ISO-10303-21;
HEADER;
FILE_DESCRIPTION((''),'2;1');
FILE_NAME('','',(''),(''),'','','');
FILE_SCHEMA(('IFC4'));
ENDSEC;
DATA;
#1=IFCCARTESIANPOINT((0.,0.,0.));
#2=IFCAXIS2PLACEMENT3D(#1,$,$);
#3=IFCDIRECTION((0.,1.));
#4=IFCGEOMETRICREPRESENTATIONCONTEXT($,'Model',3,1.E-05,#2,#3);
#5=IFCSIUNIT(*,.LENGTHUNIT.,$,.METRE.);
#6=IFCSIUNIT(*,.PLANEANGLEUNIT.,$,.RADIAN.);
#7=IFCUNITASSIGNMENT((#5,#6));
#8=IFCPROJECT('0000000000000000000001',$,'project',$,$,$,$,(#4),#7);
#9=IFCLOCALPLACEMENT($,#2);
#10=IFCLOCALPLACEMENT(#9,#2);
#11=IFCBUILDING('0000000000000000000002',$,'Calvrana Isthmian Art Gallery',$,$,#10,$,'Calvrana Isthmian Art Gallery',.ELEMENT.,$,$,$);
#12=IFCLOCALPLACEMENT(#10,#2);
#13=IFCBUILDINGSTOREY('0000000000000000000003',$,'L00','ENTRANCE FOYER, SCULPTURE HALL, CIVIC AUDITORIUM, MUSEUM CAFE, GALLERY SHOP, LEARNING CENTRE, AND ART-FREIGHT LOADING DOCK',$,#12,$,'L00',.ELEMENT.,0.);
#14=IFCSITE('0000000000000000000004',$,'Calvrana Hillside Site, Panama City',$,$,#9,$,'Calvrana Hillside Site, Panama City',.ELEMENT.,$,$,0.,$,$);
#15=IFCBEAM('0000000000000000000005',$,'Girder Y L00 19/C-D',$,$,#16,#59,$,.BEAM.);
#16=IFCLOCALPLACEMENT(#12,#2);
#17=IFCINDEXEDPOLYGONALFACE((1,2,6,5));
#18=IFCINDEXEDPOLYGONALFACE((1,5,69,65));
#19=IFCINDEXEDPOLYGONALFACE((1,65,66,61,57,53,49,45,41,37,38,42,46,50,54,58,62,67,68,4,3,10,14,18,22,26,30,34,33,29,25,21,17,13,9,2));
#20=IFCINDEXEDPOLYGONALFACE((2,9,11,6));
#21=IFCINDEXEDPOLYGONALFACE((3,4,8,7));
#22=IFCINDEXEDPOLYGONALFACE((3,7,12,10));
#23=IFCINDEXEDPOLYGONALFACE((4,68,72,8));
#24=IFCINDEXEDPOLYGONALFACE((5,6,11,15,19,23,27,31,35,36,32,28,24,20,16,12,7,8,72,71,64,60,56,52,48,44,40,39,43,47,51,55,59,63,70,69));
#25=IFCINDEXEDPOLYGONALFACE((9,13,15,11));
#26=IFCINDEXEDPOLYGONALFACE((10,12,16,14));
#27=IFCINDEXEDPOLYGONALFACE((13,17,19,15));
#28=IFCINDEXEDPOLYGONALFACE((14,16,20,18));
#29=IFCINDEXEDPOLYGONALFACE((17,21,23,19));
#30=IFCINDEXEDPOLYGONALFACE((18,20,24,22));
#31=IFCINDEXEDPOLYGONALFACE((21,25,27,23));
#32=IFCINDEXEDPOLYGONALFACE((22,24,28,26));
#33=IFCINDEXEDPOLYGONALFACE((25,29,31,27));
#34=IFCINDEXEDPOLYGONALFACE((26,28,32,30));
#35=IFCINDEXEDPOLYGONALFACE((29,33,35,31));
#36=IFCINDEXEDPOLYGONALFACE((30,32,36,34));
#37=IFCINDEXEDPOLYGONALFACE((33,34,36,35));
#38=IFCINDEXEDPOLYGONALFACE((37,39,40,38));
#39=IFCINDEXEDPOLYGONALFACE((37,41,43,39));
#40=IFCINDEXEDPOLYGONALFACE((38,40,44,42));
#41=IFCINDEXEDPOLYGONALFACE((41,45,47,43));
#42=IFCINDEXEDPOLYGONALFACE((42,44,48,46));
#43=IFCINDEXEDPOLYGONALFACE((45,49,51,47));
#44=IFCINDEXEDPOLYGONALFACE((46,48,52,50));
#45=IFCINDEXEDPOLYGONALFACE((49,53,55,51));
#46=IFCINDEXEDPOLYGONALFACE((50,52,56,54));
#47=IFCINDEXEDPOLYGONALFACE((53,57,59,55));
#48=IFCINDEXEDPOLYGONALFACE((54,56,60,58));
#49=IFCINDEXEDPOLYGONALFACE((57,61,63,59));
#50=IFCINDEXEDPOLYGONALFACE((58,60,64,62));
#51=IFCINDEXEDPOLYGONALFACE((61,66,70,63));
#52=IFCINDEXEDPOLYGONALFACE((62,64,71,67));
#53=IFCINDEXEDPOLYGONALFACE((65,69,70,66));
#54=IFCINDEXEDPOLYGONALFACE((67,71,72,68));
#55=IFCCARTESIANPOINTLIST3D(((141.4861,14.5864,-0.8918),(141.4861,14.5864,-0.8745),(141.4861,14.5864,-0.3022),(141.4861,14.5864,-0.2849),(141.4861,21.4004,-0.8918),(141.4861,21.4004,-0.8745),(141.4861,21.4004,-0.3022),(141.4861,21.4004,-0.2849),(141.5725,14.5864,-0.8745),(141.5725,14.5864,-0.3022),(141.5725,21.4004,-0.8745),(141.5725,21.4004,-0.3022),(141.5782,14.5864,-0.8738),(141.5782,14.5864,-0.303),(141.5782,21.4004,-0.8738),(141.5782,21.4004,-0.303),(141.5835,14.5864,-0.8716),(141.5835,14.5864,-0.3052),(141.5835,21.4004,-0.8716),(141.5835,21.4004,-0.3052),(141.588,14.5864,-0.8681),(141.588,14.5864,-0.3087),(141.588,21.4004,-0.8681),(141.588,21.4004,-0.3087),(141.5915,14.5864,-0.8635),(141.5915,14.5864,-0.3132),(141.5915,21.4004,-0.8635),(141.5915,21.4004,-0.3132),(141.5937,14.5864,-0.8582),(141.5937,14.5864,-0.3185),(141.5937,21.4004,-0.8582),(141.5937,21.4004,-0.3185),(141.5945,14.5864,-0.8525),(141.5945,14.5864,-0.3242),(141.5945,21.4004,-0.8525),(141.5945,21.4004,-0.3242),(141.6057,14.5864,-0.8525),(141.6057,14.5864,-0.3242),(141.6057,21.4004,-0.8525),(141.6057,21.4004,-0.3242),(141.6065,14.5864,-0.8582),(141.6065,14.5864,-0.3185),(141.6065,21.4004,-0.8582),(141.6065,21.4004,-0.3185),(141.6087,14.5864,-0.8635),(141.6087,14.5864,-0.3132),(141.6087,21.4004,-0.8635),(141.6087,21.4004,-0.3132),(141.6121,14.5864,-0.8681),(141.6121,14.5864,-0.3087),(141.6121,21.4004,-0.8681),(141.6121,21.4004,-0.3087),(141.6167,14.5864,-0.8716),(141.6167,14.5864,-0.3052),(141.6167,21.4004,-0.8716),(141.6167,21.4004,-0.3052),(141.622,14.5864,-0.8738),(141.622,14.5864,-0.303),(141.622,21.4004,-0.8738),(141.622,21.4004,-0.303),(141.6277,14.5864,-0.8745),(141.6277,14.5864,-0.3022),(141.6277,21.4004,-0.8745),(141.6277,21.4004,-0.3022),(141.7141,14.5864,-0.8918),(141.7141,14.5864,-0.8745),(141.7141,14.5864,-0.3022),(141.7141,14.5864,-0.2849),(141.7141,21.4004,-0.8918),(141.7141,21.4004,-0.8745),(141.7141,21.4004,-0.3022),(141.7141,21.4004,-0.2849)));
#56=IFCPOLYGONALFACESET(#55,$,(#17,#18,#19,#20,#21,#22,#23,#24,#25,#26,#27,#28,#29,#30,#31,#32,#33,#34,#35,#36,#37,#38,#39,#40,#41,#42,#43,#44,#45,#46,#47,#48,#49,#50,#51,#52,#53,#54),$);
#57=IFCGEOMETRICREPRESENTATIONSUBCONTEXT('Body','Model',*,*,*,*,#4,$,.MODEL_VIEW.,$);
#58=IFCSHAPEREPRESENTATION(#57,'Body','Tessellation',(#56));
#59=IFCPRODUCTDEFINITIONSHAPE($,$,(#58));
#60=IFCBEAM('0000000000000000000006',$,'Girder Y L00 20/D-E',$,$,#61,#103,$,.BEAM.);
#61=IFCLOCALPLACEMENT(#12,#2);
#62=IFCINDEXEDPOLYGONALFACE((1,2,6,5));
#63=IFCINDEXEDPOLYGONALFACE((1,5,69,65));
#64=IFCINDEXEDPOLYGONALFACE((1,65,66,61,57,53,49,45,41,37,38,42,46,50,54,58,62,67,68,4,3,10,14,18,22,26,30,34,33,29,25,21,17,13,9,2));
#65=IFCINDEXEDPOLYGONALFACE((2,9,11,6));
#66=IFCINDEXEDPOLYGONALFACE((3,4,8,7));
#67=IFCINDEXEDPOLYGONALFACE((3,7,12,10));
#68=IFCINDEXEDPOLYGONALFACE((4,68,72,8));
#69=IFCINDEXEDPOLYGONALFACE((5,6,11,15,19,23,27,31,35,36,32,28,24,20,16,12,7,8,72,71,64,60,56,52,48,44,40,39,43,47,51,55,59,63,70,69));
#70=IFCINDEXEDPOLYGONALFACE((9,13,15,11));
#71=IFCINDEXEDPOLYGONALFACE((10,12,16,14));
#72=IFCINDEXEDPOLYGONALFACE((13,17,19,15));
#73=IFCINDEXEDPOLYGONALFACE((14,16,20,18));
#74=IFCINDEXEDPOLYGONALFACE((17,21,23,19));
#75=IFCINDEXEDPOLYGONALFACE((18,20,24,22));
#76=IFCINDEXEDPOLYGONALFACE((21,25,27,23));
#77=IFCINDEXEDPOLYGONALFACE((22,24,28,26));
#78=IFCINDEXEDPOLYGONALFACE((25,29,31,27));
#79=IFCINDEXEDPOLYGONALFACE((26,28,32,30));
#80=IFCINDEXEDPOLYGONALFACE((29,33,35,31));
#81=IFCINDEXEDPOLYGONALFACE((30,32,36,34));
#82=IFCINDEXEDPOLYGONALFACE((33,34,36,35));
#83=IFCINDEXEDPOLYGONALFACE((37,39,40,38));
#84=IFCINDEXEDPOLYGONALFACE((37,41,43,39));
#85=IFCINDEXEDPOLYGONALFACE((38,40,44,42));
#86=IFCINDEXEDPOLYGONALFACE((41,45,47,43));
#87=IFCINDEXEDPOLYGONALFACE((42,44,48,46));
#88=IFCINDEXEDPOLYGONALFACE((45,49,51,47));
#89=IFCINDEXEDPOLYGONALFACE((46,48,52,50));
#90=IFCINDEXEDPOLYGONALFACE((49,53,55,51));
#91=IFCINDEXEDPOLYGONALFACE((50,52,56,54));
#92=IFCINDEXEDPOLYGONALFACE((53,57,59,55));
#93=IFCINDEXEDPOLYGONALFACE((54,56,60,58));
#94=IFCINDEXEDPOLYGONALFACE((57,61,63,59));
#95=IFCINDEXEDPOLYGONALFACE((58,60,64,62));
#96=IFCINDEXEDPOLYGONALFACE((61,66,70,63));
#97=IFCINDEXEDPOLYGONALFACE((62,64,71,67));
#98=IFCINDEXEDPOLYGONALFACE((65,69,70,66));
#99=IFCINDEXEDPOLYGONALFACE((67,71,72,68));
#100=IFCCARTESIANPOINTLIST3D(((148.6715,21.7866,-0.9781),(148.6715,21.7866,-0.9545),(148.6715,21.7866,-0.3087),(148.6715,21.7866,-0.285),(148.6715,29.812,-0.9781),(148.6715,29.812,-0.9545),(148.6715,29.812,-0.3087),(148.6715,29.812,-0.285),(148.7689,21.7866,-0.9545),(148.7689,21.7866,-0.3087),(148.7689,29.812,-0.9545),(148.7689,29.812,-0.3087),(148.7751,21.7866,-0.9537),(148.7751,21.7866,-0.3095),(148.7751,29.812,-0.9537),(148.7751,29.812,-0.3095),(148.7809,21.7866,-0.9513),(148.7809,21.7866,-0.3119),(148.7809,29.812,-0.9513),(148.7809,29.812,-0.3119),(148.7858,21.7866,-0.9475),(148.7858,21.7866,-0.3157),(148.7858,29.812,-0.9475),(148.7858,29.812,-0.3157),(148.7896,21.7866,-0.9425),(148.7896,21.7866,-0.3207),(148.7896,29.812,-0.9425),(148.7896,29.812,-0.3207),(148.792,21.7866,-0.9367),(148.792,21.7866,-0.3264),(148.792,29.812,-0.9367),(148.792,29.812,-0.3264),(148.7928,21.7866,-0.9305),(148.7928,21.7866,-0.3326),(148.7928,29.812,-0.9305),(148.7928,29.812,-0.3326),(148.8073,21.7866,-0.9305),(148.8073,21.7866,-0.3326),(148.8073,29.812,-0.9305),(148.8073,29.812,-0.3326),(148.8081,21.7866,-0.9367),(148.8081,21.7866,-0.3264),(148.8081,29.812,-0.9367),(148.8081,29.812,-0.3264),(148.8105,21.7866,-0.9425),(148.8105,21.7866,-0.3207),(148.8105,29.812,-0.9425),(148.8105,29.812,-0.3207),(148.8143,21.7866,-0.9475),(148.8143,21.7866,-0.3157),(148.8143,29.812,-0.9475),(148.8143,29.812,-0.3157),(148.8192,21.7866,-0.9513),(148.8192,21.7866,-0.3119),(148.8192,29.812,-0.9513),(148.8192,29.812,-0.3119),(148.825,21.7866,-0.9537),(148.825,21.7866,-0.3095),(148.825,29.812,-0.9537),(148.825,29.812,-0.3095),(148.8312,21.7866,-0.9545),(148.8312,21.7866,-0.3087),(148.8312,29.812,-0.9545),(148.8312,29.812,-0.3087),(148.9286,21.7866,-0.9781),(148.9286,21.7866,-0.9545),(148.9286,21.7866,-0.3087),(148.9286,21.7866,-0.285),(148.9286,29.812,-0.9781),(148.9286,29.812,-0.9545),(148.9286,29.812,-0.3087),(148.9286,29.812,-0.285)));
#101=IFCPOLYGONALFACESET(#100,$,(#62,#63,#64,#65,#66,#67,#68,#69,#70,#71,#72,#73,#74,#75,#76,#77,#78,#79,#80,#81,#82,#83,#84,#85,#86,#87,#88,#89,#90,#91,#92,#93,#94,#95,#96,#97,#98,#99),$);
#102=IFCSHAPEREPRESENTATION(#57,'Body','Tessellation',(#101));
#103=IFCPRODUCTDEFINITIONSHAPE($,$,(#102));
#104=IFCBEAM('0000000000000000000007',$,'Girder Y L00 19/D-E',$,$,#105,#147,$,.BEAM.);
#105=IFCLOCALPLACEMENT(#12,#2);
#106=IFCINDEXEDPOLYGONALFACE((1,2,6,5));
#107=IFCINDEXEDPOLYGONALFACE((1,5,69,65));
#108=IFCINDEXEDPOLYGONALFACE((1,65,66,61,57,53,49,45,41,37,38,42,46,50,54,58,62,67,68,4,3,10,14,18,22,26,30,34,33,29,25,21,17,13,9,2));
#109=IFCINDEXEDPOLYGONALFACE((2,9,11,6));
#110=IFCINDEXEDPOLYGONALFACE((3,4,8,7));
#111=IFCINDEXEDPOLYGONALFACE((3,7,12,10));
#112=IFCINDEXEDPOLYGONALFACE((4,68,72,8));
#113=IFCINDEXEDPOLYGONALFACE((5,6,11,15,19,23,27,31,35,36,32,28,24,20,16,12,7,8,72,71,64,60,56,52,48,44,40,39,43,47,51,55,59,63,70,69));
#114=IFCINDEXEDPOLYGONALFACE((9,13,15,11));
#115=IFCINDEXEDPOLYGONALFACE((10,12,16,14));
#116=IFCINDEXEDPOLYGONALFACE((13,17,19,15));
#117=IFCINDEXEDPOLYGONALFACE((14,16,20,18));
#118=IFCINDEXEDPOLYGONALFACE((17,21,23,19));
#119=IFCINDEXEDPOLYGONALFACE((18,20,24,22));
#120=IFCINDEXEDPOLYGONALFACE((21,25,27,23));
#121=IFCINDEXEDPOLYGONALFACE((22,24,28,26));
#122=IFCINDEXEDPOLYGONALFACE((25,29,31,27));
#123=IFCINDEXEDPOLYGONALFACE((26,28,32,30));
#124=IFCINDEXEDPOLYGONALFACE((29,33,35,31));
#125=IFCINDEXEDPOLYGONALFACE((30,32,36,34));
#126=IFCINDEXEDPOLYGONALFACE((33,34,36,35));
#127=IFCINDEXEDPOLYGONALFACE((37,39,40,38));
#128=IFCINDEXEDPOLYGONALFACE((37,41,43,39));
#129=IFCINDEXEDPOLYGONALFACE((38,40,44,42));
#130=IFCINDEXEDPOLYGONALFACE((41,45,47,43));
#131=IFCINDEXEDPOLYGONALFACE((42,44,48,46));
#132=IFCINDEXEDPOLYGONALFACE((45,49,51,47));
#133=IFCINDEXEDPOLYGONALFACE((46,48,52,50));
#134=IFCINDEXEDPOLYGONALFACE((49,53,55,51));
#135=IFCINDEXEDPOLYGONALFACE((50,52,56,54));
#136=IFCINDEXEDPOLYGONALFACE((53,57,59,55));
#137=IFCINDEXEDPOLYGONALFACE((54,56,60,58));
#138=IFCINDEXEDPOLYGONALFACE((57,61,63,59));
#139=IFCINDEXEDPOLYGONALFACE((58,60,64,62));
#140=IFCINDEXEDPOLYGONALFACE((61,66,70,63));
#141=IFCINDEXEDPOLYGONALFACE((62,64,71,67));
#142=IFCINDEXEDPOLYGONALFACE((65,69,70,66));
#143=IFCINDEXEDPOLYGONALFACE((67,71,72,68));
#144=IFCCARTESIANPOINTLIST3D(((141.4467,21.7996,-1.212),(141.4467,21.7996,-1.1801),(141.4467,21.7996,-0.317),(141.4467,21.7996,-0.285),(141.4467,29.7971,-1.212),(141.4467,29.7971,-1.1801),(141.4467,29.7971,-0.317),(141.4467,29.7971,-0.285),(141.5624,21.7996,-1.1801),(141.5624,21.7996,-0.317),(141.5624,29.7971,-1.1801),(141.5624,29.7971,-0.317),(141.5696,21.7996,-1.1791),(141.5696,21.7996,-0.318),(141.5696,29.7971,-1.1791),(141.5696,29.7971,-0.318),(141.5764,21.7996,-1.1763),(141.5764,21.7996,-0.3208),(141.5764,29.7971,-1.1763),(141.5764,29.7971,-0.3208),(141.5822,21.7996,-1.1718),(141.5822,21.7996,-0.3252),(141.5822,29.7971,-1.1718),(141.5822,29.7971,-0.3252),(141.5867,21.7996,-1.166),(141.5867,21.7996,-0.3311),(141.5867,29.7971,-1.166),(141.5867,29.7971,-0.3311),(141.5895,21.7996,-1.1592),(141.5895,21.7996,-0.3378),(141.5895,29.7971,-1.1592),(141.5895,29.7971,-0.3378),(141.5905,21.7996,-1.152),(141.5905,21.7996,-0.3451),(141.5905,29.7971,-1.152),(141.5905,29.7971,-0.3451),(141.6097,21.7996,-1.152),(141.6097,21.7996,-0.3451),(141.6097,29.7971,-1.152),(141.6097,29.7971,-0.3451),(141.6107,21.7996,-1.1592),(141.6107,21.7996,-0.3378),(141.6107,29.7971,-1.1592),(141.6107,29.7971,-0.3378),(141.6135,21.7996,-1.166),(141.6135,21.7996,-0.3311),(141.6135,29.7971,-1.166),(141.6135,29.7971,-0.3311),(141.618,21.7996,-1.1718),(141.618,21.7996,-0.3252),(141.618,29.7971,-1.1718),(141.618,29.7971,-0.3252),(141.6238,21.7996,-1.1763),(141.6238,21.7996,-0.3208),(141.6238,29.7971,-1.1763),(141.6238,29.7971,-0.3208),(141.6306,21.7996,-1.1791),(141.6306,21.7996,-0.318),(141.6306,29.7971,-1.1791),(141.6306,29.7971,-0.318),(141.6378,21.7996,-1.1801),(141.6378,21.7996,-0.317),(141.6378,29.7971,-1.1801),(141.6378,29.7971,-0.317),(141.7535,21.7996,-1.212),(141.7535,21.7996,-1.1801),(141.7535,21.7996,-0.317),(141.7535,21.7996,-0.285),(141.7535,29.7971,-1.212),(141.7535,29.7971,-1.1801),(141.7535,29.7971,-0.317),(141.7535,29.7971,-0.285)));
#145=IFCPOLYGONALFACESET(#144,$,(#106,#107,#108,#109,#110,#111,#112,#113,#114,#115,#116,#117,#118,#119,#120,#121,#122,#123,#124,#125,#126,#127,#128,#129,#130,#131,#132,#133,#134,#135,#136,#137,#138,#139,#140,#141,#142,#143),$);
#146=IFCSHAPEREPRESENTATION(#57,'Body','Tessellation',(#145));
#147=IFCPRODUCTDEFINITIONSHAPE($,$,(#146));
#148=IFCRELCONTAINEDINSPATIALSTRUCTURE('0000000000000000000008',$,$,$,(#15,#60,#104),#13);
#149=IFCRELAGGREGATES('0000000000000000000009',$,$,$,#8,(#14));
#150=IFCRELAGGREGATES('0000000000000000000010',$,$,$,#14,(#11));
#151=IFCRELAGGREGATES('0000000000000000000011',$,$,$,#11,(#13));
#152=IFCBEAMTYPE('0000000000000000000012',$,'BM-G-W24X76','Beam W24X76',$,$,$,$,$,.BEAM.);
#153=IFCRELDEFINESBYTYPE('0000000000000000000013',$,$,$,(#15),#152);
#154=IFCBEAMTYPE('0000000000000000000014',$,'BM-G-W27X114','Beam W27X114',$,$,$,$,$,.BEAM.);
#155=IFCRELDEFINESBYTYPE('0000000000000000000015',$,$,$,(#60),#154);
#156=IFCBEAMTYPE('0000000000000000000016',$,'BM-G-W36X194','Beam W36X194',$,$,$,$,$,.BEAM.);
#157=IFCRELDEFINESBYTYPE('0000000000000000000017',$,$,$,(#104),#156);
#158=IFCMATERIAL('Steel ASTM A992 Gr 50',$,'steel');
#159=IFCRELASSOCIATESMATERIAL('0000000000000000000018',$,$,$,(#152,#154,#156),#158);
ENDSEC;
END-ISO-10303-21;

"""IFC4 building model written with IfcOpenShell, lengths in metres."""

from ifc_helpers import new_model, si_unit, direction, frame, origin, origin_2d, place, context, subcontext, project, spatial, i_section, extrude, material, material_profile, profile_set, type_object, element, save


model = new_model("IFC4")

# Units and contexts
model_context = context("Model", 3, precision=1e-05, world=origin(), true_north=direction((0.0, 1.0)))
body_context = subcontext(model_context, "Body", "Model", "MODEL_VIEW")
ifc_project = project(units=[si_unit("LENGTHUNIT", "METRE"), si_unit("PLANEANGLEUNIT", "RADIAN")], contexts=[model_context])

# Site, building, storey
site_placement = place(None, origin())
site = spatial("IfcSite", under=ifc_project, at=site_placement, Name="Calvrana Hillside Site, Panama City", LongName="Calvrana Hillside Site, Panama City", CompositionType="ELEMENT", RefElevation=0.0)
building_placement = place(site_placement, origin())
building = spatial("IfcBuilding", under=site, at=building_placement, Name="Calvrana Isthmian Art Gallery", LongName="Calvrana Isthmian Art Gallery", CompositionType="ELEMENT")
storey_placement = place(building_placement, origin())
storey = spatial("IfcBuildingStorey", under=building, at=storey_placement, Name="L00", Description="ENTRANCE FOYER, SCULPTURE HALL, CIVIC AUDITORIUM, MUSEUM CAFE, GALLERY SHOP, LEARNING CENTRE, AND ART-FREIGHT LOADING DOCK", LongName="L00", CompositionType="ELEMENT", Elevation=0.0)

# Shared definitions
ifc_material_1 = material(Name="Steel ASTM A992 Gr 50", Category="steel")

# Beams
ifc_material_profile_1 = material_profile(ifc_material_1, i_section(OverallWidth=0.228, OverallDepth=0.6069, WebThickness=0.0112, FlangeThickness=0.0173, FilletRadius=0.022, at=origin_2d()), Name="W24X76")
ifc_profile_set_1 = profile_set([ifc_material_profile_1], Name="Steel ASTM A992 Gr 50")
beam_type_1 = type_object("IfcBeamType", Name="BM-G-W24X76", Description="Beam W24X76", PredefinedType="BEAM", material=ifc_profile_set_1)
beam_1_placement = place(storey_placement, frame((141.6001, 14.5864, -0.5884), z_axis=(0.0, 1.0, 0.0), x_axis=(-1.0, 0.0, 0.0)))
element("IfcBeam", 1, at=beam_1_placement, inside=storey, type_object=beam_type_1, Name="Girder Y L00 19/C-D", PredefinedType="BEAM", context=body_context, shape_type="SweptSolid", body=[
    extrude(i_section(OverallWidth=0.228, OverallDepth=0.6069, WebThickness=0.0112, FlangeThickness=0.0173, FilletRadius=0.022, at=origin_2d()), origin(), (0.0, 0.0, 1.0), 6.814),
])
ifc_material_profile_2 = material_profile(ifc_material_1, i_section(OverallWidth=0.2571, OverallDepth=0.6931, WebThickness=0.0144, FlangeThickness=0.0237, FilletRadius=0.0239, at=origin_2d()), Name="W27X114")
ifc_profile_set_2 = profile_set([ifc_material_profile_2], Name="Steel ASTM A992 Gr 50")
beam_type_2 = type_object("IfcBeamType", Name="BM-G-W27X114", Description="Beam W27X114", PredefinedType="BEAM", material=ifc_profile_set_2)
beam_2_placement = place(storey_placement, frame((148.8, 21.7866, -0.6316), z_axis=(0.0, 1.0, 0.0), x_axis=(-1.0, 0.0, 0.0)))
element("IfcBeam", 2, at=beam_2_placement, inside=storey, type_object=beam_type_2, Name="Girder Y L00 20/D-E", PredefinedType="BEAM", context=body_context, shape_type="SweptSolid", body=[
    extrude(i_section(OverallWidth=0.2571, OverallDepth=0.6931, WebThickness=0.0144, FlangeThickness=0.0237, FilletRadius=0.0239, at=origin_2d()), origin(), (0.0, 0.0, 1.0), 8.0254),
])
ifc_material_profile_3 = material_profile(ifc_material_1, i_section(OverallWidth=0.3069, OverallDepth=0.927, WebThickness=0.0193, FlangeThickness=0.032, FilletRadius=0.0281, at=origin_2d()), Name="W36X194")
ifc_profile_set_3 = profile_set([ifc_material_profile_3], Name="Steel ASTM A992 Gr 50")
beam_type_3 = type_object("IfcBeamType", Name="BM-G-W36X194", Description="Beam W36X194", PredefinedType="BEAM", material=ifc_profile_set_3)
beam_3_placement = place(storey_placement, frame((141.6001, 21.7996, -0.7485), z_axis=(0.0, 1.0, 0.0), x_axis=(-1.0, 0.0, 0.0)))
element("IfcBeam", 3, at=beam_3_placement, inside=storey, type_object=beam_type_3, Name="Girder Y L00 19/D-E", PredefinedType="BEAM", context=body_context, shape_type="SweptSolid", body=[
    extrude(i_section(OverallWidth=0.3069, OverallDepth=0.927, WebThickness=0.0193, FlangeThickness=0.032, FilletRadius=0.0281, at=origin_2d()), origin(), (0.0, 0.0, 1.0), 7.9976),
])

save(model, "model.ifc")
